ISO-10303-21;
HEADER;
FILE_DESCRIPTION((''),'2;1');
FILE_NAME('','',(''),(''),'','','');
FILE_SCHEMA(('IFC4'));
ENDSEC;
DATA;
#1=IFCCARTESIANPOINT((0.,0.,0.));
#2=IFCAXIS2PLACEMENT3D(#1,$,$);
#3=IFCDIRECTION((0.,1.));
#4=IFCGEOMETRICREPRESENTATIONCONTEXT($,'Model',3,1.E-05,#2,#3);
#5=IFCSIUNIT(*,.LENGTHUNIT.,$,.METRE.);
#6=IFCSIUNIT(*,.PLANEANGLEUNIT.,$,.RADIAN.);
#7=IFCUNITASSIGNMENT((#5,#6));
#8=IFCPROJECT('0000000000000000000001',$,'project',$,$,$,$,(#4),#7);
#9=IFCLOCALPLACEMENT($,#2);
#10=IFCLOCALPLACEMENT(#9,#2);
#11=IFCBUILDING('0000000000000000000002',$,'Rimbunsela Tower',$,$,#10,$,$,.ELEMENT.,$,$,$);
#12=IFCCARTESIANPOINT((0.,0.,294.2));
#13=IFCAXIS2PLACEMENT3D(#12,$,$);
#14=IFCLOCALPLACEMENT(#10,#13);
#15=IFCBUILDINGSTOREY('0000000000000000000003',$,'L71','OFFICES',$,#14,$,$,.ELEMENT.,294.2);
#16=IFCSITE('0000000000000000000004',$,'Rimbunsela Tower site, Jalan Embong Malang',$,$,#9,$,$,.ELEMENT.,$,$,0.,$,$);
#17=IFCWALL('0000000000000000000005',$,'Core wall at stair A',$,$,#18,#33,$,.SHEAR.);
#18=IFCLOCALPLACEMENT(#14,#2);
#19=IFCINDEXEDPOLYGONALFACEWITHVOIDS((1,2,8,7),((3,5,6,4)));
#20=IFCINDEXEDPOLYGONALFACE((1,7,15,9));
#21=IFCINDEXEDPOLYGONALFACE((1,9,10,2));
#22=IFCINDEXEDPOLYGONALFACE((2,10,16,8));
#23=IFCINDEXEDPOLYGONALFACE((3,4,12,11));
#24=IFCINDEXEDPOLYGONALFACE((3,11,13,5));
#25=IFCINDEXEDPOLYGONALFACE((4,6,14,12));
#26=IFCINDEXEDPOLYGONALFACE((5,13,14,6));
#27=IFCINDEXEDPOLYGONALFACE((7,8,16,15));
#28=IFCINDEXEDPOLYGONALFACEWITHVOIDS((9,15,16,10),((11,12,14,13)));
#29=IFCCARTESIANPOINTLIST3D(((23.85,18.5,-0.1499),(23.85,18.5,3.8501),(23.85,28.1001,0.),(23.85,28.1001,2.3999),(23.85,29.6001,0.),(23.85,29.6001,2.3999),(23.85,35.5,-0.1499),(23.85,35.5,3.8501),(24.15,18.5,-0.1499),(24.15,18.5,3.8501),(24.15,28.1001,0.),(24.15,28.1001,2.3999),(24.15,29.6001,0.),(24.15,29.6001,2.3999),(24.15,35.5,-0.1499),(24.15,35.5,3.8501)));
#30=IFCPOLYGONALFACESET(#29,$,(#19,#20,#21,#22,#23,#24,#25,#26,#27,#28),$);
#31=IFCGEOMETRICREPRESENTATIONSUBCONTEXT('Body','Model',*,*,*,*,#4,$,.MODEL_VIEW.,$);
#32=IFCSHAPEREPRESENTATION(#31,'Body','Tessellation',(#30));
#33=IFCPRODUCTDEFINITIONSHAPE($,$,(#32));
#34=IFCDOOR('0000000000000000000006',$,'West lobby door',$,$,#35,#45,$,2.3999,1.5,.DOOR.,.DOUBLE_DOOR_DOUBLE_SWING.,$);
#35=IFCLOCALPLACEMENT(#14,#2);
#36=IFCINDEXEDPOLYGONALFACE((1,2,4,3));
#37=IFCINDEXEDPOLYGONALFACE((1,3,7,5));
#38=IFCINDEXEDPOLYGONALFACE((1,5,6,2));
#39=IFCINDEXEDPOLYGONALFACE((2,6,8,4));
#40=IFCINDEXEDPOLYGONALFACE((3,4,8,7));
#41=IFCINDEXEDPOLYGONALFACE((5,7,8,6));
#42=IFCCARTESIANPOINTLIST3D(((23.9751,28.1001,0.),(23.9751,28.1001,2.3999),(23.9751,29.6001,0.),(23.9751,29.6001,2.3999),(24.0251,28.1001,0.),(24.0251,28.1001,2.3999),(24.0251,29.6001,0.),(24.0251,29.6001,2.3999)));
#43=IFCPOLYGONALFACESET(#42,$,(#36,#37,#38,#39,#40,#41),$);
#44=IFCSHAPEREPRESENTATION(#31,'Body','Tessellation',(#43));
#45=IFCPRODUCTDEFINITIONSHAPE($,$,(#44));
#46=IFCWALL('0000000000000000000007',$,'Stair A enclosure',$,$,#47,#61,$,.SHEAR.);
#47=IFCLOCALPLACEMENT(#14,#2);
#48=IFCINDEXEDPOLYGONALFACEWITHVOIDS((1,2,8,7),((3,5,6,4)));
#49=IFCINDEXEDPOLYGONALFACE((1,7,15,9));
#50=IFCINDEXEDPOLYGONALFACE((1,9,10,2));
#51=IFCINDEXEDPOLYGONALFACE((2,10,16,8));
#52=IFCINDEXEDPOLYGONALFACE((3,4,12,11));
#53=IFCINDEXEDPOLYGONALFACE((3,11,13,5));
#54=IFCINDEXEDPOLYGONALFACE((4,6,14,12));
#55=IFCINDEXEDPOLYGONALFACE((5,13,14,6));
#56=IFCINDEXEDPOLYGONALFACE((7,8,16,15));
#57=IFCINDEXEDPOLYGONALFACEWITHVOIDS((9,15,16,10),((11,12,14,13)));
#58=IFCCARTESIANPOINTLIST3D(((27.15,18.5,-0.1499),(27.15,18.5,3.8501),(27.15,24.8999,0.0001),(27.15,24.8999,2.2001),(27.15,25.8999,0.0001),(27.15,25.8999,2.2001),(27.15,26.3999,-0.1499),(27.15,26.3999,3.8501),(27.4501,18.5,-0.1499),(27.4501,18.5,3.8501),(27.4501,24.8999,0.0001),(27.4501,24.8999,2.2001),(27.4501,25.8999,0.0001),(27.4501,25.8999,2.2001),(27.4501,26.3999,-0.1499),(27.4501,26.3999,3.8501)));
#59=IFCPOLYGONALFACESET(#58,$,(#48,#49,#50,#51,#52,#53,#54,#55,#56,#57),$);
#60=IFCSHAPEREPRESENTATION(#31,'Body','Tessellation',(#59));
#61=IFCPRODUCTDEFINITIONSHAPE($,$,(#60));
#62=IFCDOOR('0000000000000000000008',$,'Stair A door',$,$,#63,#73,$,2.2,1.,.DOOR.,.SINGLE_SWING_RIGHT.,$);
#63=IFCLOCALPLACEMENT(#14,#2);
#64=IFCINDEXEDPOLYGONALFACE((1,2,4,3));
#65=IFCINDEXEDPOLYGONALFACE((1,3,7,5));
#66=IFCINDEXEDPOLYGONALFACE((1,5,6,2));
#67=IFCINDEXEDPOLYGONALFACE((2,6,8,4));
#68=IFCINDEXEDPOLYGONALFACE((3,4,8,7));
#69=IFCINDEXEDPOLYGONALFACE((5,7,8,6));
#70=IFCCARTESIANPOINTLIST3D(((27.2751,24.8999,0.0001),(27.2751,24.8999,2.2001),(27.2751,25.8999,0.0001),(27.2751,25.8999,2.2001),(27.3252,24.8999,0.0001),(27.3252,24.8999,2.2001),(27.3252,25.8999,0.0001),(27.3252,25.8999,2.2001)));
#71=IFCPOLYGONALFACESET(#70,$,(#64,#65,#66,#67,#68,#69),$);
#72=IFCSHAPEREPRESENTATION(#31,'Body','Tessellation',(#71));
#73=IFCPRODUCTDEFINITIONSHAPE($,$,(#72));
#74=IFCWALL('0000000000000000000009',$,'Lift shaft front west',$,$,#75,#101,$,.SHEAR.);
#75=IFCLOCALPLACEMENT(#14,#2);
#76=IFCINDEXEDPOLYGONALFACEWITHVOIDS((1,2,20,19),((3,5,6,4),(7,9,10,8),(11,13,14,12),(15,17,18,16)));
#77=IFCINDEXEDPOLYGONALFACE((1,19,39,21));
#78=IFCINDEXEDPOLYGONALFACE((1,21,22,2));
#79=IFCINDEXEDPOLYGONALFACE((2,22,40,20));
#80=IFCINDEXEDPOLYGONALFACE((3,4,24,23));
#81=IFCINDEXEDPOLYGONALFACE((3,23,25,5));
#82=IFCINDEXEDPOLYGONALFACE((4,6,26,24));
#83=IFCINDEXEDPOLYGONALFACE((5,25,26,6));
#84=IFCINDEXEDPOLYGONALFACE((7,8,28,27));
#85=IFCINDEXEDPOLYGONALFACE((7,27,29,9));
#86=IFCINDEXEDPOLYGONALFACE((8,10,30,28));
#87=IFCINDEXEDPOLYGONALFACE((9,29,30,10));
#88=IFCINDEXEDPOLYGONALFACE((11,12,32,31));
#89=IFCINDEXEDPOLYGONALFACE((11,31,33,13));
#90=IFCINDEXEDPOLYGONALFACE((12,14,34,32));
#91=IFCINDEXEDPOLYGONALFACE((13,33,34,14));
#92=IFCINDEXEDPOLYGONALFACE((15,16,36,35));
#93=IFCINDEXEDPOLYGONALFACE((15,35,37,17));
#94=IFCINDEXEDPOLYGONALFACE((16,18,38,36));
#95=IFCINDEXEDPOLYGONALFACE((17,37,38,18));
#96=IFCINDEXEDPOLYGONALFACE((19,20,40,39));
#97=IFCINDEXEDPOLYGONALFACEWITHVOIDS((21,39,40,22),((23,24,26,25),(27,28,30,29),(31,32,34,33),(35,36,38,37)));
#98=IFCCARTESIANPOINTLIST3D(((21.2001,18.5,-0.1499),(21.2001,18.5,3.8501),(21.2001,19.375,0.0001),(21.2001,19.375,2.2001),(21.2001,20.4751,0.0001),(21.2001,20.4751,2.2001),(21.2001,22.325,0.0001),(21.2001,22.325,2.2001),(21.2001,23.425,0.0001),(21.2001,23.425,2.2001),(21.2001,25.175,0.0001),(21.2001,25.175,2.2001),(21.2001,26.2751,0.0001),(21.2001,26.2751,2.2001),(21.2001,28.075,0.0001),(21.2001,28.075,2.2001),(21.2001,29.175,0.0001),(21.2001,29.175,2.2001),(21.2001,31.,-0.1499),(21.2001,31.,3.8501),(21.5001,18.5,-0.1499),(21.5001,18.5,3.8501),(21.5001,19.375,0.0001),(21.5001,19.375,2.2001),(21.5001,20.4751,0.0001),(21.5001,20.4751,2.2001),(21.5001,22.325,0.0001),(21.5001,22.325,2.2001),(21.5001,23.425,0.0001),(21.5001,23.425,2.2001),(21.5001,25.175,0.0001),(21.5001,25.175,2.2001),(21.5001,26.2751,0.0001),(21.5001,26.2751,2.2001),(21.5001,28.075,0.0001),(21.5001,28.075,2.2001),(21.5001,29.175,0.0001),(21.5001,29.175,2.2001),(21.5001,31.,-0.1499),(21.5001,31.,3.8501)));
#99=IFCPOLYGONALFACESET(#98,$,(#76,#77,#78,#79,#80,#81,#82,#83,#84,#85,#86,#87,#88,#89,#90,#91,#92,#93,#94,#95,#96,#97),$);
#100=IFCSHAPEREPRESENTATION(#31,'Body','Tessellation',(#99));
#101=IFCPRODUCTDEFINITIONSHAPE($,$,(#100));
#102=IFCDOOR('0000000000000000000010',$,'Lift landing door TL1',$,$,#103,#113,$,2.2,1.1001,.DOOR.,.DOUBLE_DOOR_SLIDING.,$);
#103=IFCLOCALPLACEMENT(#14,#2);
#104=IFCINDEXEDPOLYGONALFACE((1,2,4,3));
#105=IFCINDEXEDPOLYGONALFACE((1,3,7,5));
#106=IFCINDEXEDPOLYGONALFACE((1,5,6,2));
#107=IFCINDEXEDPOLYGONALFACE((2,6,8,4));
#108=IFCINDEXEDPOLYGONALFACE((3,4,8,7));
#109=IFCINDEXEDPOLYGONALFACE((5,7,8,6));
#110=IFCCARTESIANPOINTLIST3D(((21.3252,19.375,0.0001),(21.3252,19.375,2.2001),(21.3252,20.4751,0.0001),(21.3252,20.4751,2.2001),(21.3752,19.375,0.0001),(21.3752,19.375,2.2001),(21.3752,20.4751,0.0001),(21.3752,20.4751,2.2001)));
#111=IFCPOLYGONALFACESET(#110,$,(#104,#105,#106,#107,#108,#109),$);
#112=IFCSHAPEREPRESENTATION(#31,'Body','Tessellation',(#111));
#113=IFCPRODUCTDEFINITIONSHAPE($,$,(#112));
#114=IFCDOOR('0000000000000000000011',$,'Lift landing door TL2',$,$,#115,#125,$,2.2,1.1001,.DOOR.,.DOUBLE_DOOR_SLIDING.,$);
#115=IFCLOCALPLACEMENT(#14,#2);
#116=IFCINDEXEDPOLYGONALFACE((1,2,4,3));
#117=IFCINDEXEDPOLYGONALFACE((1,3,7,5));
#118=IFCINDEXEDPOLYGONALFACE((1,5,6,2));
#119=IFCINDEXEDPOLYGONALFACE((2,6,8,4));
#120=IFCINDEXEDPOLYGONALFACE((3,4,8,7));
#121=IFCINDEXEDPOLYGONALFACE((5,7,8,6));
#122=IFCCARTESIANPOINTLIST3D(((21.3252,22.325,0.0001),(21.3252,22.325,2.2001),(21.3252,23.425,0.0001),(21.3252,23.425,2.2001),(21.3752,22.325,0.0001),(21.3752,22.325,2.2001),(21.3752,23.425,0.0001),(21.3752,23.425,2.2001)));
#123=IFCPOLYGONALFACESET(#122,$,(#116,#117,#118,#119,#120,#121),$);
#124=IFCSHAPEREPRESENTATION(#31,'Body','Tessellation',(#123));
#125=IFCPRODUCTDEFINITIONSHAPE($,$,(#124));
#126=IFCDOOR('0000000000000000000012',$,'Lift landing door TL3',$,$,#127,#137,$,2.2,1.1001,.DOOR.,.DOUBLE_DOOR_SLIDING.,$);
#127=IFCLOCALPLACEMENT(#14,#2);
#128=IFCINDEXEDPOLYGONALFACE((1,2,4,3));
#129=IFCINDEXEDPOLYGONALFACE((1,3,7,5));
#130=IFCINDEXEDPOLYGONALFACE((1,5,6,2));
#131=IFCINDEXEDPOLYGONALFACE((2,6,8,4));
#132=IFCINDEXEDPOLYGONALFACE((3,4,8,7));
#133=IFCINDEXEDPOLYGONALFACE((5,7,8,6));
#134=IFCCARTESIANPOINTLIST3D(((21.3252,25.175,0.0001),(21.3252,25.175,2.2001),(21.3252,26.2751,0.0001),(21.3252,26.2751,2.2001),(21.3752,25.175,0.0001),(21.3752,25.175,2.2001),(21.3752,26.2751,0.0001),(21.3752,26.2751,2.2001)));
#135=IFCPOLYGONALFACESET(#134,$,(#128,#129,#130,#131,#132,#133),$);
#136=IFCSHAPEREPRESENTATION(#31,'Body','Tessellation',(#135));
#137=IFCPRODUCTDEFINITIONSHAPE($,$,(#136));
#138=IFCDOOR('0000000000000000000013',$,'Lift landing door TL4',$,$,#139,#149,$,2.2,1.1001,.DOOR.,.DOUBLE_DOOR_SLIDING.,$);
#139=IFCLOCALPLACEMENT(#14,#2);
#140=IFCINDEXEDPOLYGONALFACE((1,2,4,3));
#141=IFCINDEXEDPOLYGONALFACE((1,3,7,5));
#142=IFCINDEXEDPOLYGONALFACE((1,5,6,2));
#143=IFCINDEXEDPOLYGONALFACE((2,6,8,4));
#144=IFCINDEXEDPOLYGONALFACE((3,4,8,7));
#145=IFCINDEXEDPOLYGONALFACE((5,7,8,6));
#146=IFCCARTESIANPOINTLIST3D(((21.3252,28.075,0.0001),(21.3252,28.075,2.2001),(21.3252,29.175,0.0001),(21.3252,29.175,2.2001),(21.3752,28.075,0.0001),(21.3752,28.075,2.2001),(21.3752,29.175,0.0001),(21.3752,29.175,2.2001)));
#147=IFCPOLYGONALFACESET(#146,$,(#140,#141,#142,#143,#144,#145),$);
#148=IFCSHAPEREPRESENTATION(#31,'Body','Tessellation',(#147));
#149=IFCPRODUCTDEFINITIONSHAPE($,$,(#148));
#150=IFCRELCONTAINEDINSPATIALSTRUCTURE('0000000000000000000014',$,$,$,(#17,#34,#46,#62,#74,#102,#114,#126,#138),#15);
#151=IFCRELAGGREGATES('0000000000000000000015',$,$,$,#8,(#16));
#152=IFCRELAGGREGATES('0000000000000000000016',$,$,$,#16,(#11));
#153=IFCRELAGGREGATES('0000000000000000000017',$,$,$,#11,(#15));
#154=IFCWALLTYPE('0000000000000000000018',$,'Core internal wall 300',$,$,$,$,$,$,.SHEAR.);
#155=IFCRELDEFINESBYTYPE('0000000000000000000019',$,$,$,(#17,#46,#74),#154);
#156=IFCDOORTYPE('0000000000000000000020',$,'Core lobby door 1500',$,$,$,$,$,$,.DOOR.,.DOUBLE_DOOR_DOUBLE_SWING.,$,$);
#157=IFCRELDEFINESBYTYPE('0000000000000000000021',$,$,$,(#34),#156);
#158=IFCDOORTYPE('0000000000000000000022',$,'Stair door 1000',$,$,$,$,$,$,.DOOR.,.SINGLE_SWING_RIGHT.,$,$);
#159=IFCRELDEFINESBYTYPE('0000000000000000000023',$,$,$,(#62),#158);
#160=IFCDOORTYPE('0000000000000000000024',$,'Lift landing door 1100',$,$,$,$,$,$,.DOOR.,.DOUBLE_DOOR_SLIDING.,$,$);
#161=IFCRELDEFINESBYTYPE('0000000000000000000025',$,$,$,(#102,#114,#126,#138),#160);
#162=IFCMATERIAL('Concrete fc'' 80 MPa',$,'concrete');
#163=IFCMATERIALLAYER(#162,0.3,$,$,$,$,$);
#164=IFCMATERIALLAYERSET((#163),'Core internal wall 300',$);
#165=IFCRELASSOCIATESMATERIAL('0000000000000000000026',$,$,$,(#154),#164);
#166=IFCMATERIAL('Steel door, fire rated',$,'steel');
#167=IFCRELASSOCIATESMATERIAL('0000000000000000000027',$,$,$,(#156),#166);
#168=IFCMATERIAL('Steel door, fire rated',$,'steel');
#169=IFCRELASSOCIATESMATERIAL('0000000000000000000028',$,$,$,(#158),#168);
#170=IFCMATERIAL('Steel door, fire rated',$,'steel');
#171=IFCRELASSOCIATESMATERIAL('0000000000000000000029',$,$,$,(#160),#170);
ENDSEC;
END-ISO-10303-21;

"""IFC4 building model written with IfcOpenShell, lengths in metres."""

from ifc_helpers import new_model, si_unit, direction, frame, frame_2d, origin, place, context, subcontext, project, spatial, rectangle, extrude, material, layer, layer_set, type_object, element, fill, save


model = new_model("IFC4")

# Units and contexts
model_context = context("Model", 3, precision=1e-05, world=origin(), true_north=direction((0.0, 1.0)))
body_context = subcontext(model_context, "Body", "Model", "MODEL_VIEW")
ifc_project = project(units=[si_unit("LENGTHUNIT", "METRE"), si_unit("PLANEANGLEUNIT", "RADIAN")], contexts=[model_context])

# Site, building, storey
site_placement = place(None, origin())
site = spatial("IfcSite", under=ifc_project, at=site_placement, Name="Rimbunsela Tower site, Jalan Embong Malang", CompositionType="ELEMENT", RefElevation=0.0)
building_placement = place(site_placement, origin())
building = spatial("IfcBuilding", under=site, at=building_placement, Name="Rimbunsela Tower", CompositionType="ELEMENT")
storey_placement = place(building_placement, frame((0.0, 0.0, 294.2)))
storey = spatial("IfcBuildingStorey", under=building, at=storey_placement, Name="L71", Description="OFFICES", CompositionType="ELEMENT", Elevation=294.2)

# Walls, openings, doors
ifc_material_1 = material(Name="Concrete fc' 80 MPa", Category="concrete")
ifc_layer_1 = layer(ifc_material_1, 0.3)
ifc_layer_set_1 = layer_set([ifc_layer_1], Name="Core internal wall 300")
wall_type_1 = type_object("IfcWallType", Name="Core internal wall 300", PredefinedType="SHEAR", material=ifc_layer_set_1)
wall_1_placement = place(storey_placement, frame((24.0, 18.5, -0.1499), z_axis=(0.0, 0.0, 1.0), x_axis=(0.0, 1.0, 0.0)))
wall_1 = element("IfcWall", 1, at=wall_1_placement, inside=storey, type_object=wall_type_1, Name="Core wall at stair A", PredefinedType="SHEAR", context=body_context, shape_type="SweptSolid", body=[
    extrude(rectangle(XDim=17.0, YDim=0.3, at=frame_2d((8.5, 0.0))), origin(), (0.0, 0.0, 1.0), 4.0),
])
opening_1_placement = place(wall_1_placement, frame((9.6001, 0.0, 0.1499)))
opening_1 = element("IfcOpeningElement", 2, at=opening_1_placement, cuts=wall_1, PredefinedType="OPENING", context=body_context, shape_type="SweptSolid", body=[
    extrude(rectangle(XDim=1.5, YDim=2.3999, at=frame_2d((0.75, 1.2))), frame((0.0, 0.1599, 0.0), z_axis=(0.0, -1.0, 0.0), x_axis=(1.0, 0.0, 0.0)), (0.0, 0.0, 1.0), 0.3201),
])
ifc_material_2 = material(Name="Steel door, fire rated", Category="steel")
door_type_1 = type_object("IfcDoorType", Name="Core lobby door 1500", OperationType="DOUBLE_DOOR_DOUBLE_SWING", PredefinedType="DOOR", material=ifc_material_2)
door_1_placement = place(opening_1_placement, origin())
door_1 = element("IfcDoor", 3, at=door_1_placement, inside=storey, type_object=door_type_1, Name="West lobby door", OperationType="DOUBLE_DOOR_DOUBLE_SWING", OverallHeight=2.3999, OverallWidth=1.5, PredefinedType="DOOR", context=body_context, shape_type="SweptSolid", body=[
    extrude(rectangle(XDim=1.5, YDim=2.3999, at=frame_2d((0.75, 1.2))), frame((0.0, 0.0249, 0.0), z_axis=(0.0, -1.0, 0.0), x_axis=(1.0, 0.0, 0.0)), (0.0, 0.0, 1.0), 0.05),
])
fill(opening_1, door_1)
wall_2_placement = place(storey_placement, frame((27.3, 18.5, -0.1499), z_axis=(0.0, 0.0, 1.0), x_axis=(0.0, 1.0, 0.0)))
wall_2 = element("IfcWall", 4, at=wall_2_placement, inside=storey, type_object=wall_type_1, Name="Stair A enclosure", PredefinedType="SHEAR", context=body_context, shape_type="SweptSolid", body=[
    extrude(rectangle(XDim=7.8999, YDim=0.3, at=frame_2d((3.95, 0.0))), origin(), (0.0, 0.0, 1.0), 4.0),
])
opening_2_placement = place(wall_2_placement, frame((6.3999, 0.0, 0.1499)))
opening_2 = element("IfcOpeningElement", 5, at=opening_2_placement, cuts=wall_2, PredefinedType="OPENING", context=body_context, shape_type="SweptSolid", body=[
    extrude(rectangle(XDim=1.0, YDim=2.2, at=frame_2d((0.5, 1.1001))), frame((0.0, 0.1599, 0.0), z_axis=(0.0, -1.0, 0.0), x_axis=(1.0, 0.0, 0.0)), (0.0, 0.0, 1.0), 0.3201),
])
ifc_material_3 = material(Name="Steel door, fire rated", Category="steel")
door_type_2 = type_object("IfcDoorType", Name="Stair door 1000", OperationType="SINGLE_SWING_RIGHT", PredefinedType="DOOR", material=ifc_material_3)
door_2_placement = place(opening_2_placement, origin())
door_2 = element("IfcDoor", 6, at=door_2_placement, inside=storey, type_object=door_type_2, Name="Stair A door", OperationType="SINGLE_SWING_RIGHT", OverallHeight=2.2, OverallWidth=1.0, PredefinedType="DOOR", context=body_context, shape_type="SweptSolid", body=[
    extrude(rectangle(XDim=1.0, YDim=2.2, at=frame_2d((0.5, 1.1001))), frame((0.0, 0.0249, 0.0), z_axis=(0.0, -1.0, 0.0), x_axis=(1.0, 0.0, 0.0)), (0.0, 0.0, 1.0), 0.05),
])
fill(opening_2, door_2)

# Wall, openings, doors
wall_3_placement = place(storey_placement, frame((21.3501, 18.5, -0.1499), z_axis=(0.0, 0.0, 1.0), x_axis=(0.0, 1.0, 0.0)))
wall_3 = element("IfcWall", 7, at=wall_3_placement, inside=storey, type_object=wall_type_1, Name="Lift shaft front west", PredefinedType="SHEAR", context=body_context, shape_type="SweptSolid", body=[
    extrude(rectangle(XDim=12.5, YDim=0.3, at=frame_2d((6.25, 0.0))), origin(), (0.0, 0.0, 1.0), 4.0),
])
opening_3_placement = place(wall_3_placement, frame((0.875, 0.0, 0.1499)))
opening_3 = element("IfcOpeningElement", 8, at=opening_3_placement, cuts=wall_3, PredefinedType="OPENING", context=body_context, shape_type="SweptSolid", body=[
    extrude(rectangle(XDim=1.1001, YDim=2.2, at=frame_2d((0.55, 1.1001))), frame((0.0, 0.1599, 0.0), z_axis=(0.0, -1.0, 0.0), x_axis=(1.0, 0.0, 0.0)), (0.0, 0.0, 1.0), 0.3201),
])
opening_4_placement = place(wall_3_placement, frame((3.825, 0.0, 0.1499)))
opening_4 = element("IfcOpeningElement", 9, at=opening_4_placement, cuts=wall_3, PredefinedType="OPENING", context=body_context, shape_type="SweptSolid", body=[
    extrude(rectangle(XDim=1.1001, YDim=2.2, at=frame_2d((0.55, 1.1001))), frame((0.0, 0.1599, 0.0), z_axis=(0.0, -1.0, 0.0), x_axis=(1.0, 0.0, 0.0)), (0.0, 0.0, 1.0), 0.3201),
])
opening_5_placement = place(wall_3_placement, frame((6.675, 0.0, 0.1499)))
opening_5 = element("IfcOpeningElement", 10, at=opening_5_placement, cuts=wall_3, PredefinedType="OPENING", context=body_context, shape_type="SweptSolid", body=[
    extrude(rectangle(XDim=1.1001, YDim=2.2, at=frame_2d((0.55, 1.1001))), frame((0.0, 0.1599, 0.0), z_axis=(0.0, -1.0, 0.0), x_axis=(1.0, 0.0, 0.0)), (0.0, 0.0, 1.0), 0.3201),
])
opening_6_placement = place(wall_3_placement, frame((9.575, 0.0, 0.1499)))
opening_6 = element("IfcOpeningElement", 11, at=opening_6_placement, cuts=wall_3, PredefinedType="OPENING", context=body_context, shape_type="SweptSolid", body=[
    extrude(rectangle(XDim=1.1001, YDim=2.2, at=frame_2d((0.55, 1.1001))), frame((0.0, 0.1599, 0.0), z_axis=(0.0, -1.0, 0.0), x_axis=(1.0, 0.0, 0.0)), (0.0, 0.0, 1.0), 0.3201),
])
ifc_material_4 = material(Name="Steel door, fire rated", Category="steel")
door_type_3 = type_object("IfcDoorType", Name="Lift landing door 1100", OperationType="DOUBLE_DOOR_SLIDING", PredefinedType="DOOR", material=ifc_material_4)
door_3_placement = place(opening_3_placement, origin())
door_3 = element("IfcDoor", 12, at=door_3_placement, inside=storey, type_object=door_type_3, Name="Lift landing door TL1", OperationType="DOUBLE_DOOR_SLIDING", OverallHeight=2.2, OverallWidth=1.1001, PredefinedType="DOOR", context=body_context, shape_type="SweptSolid", body=[
    extrude(rectangle(XDim=1.1001, YDim=2.2, at=frame_2d((0.55, 1.1001))), frame((0.0, 0.0249, 0.0), z_axis=(0.0, -1.0, 0.0), x_axis=(1.0, 0.0, 0.0)), (0.0, 0.0, 1.0), 0.05),
])
fill(opening_3, door_3)
door_4_placement = place(opening_4_placement, origin())
door_4 = element("IfcDoor", 13, at=door_4_placement, inside=storey, type_object=door_type_3, Name="Lift landing door TL2", OperationType="DOUBLE_DOOR_SLIDING", OverallHeight=2.2, OverallWidth=1.1001, PredefinedType="DOOR", context=body_context, shape_type="SweptSolid", body=[
    extrude(rectangle(XDim=1.1001, YDim=2.2, at=frame_2d((0.55, 1.1001))), frame((0.0, 0.0249, 0.0), z_axis=(0.0, -1.0, 0.0), x_axis=(1.0, 0.0, 0.0)), (0.0, 0.0, 1.0), 0.05),
])
fill(opening_4, door_4)
door_5_placement = place(opening_5_placement, origin())
door_5 = element("IfcDoor", 14, at=door_5_placement, inside=storey, type_object=door_type_3, Name="Lift landing door TL3", OperationType="DOUBLE_DOOR_SLIDING", OverallHeight=2.2, OverallWidth=1.1001, PredefinedType="DOOR", context=body_context, shape_type="SweptSolid", body=[
    extrude(rectangle(XDim=1.1001, YDim=2.2, at=frame_2d((0.55, 1.1001))), frame((0.0, 0.0249, 0.0), z_axis=(0.0, -1.0, 0.0), x_axis=(1.0, 0.0, 0.0)), (0.0, 0.0, 1.0), 0.05),
])
fill(opening_5, door_5)
door_6_placement = place(opening_6_placement, origin())
door_6 = element("IfcDoor", 15, at=door_6_placement, inside=storey, type_object=door_type_3, Name="Lift landing door TL4", OperationType="DOUBLE_DOOR_SLIDING", OverallHeight=2.2, OverallWidth=1.1001, PredefinedType="DOOR", context=body_context, shape_type="SweptSolid", body=[
    extrude(rectangle(XDim=1.1001, YDim=2.2, at=frame_2d((0.55, 1.1001))), frame((0.0, 0.0249, 0.0), z_axis=(0.0, -1.0, 0.0), x_axis=(1.0, 0.0, 0.0)), (0.0, 0.0, 1.0), 0.05),
])
fill(opening_6, door_6)

save(model, "model.ifc")
